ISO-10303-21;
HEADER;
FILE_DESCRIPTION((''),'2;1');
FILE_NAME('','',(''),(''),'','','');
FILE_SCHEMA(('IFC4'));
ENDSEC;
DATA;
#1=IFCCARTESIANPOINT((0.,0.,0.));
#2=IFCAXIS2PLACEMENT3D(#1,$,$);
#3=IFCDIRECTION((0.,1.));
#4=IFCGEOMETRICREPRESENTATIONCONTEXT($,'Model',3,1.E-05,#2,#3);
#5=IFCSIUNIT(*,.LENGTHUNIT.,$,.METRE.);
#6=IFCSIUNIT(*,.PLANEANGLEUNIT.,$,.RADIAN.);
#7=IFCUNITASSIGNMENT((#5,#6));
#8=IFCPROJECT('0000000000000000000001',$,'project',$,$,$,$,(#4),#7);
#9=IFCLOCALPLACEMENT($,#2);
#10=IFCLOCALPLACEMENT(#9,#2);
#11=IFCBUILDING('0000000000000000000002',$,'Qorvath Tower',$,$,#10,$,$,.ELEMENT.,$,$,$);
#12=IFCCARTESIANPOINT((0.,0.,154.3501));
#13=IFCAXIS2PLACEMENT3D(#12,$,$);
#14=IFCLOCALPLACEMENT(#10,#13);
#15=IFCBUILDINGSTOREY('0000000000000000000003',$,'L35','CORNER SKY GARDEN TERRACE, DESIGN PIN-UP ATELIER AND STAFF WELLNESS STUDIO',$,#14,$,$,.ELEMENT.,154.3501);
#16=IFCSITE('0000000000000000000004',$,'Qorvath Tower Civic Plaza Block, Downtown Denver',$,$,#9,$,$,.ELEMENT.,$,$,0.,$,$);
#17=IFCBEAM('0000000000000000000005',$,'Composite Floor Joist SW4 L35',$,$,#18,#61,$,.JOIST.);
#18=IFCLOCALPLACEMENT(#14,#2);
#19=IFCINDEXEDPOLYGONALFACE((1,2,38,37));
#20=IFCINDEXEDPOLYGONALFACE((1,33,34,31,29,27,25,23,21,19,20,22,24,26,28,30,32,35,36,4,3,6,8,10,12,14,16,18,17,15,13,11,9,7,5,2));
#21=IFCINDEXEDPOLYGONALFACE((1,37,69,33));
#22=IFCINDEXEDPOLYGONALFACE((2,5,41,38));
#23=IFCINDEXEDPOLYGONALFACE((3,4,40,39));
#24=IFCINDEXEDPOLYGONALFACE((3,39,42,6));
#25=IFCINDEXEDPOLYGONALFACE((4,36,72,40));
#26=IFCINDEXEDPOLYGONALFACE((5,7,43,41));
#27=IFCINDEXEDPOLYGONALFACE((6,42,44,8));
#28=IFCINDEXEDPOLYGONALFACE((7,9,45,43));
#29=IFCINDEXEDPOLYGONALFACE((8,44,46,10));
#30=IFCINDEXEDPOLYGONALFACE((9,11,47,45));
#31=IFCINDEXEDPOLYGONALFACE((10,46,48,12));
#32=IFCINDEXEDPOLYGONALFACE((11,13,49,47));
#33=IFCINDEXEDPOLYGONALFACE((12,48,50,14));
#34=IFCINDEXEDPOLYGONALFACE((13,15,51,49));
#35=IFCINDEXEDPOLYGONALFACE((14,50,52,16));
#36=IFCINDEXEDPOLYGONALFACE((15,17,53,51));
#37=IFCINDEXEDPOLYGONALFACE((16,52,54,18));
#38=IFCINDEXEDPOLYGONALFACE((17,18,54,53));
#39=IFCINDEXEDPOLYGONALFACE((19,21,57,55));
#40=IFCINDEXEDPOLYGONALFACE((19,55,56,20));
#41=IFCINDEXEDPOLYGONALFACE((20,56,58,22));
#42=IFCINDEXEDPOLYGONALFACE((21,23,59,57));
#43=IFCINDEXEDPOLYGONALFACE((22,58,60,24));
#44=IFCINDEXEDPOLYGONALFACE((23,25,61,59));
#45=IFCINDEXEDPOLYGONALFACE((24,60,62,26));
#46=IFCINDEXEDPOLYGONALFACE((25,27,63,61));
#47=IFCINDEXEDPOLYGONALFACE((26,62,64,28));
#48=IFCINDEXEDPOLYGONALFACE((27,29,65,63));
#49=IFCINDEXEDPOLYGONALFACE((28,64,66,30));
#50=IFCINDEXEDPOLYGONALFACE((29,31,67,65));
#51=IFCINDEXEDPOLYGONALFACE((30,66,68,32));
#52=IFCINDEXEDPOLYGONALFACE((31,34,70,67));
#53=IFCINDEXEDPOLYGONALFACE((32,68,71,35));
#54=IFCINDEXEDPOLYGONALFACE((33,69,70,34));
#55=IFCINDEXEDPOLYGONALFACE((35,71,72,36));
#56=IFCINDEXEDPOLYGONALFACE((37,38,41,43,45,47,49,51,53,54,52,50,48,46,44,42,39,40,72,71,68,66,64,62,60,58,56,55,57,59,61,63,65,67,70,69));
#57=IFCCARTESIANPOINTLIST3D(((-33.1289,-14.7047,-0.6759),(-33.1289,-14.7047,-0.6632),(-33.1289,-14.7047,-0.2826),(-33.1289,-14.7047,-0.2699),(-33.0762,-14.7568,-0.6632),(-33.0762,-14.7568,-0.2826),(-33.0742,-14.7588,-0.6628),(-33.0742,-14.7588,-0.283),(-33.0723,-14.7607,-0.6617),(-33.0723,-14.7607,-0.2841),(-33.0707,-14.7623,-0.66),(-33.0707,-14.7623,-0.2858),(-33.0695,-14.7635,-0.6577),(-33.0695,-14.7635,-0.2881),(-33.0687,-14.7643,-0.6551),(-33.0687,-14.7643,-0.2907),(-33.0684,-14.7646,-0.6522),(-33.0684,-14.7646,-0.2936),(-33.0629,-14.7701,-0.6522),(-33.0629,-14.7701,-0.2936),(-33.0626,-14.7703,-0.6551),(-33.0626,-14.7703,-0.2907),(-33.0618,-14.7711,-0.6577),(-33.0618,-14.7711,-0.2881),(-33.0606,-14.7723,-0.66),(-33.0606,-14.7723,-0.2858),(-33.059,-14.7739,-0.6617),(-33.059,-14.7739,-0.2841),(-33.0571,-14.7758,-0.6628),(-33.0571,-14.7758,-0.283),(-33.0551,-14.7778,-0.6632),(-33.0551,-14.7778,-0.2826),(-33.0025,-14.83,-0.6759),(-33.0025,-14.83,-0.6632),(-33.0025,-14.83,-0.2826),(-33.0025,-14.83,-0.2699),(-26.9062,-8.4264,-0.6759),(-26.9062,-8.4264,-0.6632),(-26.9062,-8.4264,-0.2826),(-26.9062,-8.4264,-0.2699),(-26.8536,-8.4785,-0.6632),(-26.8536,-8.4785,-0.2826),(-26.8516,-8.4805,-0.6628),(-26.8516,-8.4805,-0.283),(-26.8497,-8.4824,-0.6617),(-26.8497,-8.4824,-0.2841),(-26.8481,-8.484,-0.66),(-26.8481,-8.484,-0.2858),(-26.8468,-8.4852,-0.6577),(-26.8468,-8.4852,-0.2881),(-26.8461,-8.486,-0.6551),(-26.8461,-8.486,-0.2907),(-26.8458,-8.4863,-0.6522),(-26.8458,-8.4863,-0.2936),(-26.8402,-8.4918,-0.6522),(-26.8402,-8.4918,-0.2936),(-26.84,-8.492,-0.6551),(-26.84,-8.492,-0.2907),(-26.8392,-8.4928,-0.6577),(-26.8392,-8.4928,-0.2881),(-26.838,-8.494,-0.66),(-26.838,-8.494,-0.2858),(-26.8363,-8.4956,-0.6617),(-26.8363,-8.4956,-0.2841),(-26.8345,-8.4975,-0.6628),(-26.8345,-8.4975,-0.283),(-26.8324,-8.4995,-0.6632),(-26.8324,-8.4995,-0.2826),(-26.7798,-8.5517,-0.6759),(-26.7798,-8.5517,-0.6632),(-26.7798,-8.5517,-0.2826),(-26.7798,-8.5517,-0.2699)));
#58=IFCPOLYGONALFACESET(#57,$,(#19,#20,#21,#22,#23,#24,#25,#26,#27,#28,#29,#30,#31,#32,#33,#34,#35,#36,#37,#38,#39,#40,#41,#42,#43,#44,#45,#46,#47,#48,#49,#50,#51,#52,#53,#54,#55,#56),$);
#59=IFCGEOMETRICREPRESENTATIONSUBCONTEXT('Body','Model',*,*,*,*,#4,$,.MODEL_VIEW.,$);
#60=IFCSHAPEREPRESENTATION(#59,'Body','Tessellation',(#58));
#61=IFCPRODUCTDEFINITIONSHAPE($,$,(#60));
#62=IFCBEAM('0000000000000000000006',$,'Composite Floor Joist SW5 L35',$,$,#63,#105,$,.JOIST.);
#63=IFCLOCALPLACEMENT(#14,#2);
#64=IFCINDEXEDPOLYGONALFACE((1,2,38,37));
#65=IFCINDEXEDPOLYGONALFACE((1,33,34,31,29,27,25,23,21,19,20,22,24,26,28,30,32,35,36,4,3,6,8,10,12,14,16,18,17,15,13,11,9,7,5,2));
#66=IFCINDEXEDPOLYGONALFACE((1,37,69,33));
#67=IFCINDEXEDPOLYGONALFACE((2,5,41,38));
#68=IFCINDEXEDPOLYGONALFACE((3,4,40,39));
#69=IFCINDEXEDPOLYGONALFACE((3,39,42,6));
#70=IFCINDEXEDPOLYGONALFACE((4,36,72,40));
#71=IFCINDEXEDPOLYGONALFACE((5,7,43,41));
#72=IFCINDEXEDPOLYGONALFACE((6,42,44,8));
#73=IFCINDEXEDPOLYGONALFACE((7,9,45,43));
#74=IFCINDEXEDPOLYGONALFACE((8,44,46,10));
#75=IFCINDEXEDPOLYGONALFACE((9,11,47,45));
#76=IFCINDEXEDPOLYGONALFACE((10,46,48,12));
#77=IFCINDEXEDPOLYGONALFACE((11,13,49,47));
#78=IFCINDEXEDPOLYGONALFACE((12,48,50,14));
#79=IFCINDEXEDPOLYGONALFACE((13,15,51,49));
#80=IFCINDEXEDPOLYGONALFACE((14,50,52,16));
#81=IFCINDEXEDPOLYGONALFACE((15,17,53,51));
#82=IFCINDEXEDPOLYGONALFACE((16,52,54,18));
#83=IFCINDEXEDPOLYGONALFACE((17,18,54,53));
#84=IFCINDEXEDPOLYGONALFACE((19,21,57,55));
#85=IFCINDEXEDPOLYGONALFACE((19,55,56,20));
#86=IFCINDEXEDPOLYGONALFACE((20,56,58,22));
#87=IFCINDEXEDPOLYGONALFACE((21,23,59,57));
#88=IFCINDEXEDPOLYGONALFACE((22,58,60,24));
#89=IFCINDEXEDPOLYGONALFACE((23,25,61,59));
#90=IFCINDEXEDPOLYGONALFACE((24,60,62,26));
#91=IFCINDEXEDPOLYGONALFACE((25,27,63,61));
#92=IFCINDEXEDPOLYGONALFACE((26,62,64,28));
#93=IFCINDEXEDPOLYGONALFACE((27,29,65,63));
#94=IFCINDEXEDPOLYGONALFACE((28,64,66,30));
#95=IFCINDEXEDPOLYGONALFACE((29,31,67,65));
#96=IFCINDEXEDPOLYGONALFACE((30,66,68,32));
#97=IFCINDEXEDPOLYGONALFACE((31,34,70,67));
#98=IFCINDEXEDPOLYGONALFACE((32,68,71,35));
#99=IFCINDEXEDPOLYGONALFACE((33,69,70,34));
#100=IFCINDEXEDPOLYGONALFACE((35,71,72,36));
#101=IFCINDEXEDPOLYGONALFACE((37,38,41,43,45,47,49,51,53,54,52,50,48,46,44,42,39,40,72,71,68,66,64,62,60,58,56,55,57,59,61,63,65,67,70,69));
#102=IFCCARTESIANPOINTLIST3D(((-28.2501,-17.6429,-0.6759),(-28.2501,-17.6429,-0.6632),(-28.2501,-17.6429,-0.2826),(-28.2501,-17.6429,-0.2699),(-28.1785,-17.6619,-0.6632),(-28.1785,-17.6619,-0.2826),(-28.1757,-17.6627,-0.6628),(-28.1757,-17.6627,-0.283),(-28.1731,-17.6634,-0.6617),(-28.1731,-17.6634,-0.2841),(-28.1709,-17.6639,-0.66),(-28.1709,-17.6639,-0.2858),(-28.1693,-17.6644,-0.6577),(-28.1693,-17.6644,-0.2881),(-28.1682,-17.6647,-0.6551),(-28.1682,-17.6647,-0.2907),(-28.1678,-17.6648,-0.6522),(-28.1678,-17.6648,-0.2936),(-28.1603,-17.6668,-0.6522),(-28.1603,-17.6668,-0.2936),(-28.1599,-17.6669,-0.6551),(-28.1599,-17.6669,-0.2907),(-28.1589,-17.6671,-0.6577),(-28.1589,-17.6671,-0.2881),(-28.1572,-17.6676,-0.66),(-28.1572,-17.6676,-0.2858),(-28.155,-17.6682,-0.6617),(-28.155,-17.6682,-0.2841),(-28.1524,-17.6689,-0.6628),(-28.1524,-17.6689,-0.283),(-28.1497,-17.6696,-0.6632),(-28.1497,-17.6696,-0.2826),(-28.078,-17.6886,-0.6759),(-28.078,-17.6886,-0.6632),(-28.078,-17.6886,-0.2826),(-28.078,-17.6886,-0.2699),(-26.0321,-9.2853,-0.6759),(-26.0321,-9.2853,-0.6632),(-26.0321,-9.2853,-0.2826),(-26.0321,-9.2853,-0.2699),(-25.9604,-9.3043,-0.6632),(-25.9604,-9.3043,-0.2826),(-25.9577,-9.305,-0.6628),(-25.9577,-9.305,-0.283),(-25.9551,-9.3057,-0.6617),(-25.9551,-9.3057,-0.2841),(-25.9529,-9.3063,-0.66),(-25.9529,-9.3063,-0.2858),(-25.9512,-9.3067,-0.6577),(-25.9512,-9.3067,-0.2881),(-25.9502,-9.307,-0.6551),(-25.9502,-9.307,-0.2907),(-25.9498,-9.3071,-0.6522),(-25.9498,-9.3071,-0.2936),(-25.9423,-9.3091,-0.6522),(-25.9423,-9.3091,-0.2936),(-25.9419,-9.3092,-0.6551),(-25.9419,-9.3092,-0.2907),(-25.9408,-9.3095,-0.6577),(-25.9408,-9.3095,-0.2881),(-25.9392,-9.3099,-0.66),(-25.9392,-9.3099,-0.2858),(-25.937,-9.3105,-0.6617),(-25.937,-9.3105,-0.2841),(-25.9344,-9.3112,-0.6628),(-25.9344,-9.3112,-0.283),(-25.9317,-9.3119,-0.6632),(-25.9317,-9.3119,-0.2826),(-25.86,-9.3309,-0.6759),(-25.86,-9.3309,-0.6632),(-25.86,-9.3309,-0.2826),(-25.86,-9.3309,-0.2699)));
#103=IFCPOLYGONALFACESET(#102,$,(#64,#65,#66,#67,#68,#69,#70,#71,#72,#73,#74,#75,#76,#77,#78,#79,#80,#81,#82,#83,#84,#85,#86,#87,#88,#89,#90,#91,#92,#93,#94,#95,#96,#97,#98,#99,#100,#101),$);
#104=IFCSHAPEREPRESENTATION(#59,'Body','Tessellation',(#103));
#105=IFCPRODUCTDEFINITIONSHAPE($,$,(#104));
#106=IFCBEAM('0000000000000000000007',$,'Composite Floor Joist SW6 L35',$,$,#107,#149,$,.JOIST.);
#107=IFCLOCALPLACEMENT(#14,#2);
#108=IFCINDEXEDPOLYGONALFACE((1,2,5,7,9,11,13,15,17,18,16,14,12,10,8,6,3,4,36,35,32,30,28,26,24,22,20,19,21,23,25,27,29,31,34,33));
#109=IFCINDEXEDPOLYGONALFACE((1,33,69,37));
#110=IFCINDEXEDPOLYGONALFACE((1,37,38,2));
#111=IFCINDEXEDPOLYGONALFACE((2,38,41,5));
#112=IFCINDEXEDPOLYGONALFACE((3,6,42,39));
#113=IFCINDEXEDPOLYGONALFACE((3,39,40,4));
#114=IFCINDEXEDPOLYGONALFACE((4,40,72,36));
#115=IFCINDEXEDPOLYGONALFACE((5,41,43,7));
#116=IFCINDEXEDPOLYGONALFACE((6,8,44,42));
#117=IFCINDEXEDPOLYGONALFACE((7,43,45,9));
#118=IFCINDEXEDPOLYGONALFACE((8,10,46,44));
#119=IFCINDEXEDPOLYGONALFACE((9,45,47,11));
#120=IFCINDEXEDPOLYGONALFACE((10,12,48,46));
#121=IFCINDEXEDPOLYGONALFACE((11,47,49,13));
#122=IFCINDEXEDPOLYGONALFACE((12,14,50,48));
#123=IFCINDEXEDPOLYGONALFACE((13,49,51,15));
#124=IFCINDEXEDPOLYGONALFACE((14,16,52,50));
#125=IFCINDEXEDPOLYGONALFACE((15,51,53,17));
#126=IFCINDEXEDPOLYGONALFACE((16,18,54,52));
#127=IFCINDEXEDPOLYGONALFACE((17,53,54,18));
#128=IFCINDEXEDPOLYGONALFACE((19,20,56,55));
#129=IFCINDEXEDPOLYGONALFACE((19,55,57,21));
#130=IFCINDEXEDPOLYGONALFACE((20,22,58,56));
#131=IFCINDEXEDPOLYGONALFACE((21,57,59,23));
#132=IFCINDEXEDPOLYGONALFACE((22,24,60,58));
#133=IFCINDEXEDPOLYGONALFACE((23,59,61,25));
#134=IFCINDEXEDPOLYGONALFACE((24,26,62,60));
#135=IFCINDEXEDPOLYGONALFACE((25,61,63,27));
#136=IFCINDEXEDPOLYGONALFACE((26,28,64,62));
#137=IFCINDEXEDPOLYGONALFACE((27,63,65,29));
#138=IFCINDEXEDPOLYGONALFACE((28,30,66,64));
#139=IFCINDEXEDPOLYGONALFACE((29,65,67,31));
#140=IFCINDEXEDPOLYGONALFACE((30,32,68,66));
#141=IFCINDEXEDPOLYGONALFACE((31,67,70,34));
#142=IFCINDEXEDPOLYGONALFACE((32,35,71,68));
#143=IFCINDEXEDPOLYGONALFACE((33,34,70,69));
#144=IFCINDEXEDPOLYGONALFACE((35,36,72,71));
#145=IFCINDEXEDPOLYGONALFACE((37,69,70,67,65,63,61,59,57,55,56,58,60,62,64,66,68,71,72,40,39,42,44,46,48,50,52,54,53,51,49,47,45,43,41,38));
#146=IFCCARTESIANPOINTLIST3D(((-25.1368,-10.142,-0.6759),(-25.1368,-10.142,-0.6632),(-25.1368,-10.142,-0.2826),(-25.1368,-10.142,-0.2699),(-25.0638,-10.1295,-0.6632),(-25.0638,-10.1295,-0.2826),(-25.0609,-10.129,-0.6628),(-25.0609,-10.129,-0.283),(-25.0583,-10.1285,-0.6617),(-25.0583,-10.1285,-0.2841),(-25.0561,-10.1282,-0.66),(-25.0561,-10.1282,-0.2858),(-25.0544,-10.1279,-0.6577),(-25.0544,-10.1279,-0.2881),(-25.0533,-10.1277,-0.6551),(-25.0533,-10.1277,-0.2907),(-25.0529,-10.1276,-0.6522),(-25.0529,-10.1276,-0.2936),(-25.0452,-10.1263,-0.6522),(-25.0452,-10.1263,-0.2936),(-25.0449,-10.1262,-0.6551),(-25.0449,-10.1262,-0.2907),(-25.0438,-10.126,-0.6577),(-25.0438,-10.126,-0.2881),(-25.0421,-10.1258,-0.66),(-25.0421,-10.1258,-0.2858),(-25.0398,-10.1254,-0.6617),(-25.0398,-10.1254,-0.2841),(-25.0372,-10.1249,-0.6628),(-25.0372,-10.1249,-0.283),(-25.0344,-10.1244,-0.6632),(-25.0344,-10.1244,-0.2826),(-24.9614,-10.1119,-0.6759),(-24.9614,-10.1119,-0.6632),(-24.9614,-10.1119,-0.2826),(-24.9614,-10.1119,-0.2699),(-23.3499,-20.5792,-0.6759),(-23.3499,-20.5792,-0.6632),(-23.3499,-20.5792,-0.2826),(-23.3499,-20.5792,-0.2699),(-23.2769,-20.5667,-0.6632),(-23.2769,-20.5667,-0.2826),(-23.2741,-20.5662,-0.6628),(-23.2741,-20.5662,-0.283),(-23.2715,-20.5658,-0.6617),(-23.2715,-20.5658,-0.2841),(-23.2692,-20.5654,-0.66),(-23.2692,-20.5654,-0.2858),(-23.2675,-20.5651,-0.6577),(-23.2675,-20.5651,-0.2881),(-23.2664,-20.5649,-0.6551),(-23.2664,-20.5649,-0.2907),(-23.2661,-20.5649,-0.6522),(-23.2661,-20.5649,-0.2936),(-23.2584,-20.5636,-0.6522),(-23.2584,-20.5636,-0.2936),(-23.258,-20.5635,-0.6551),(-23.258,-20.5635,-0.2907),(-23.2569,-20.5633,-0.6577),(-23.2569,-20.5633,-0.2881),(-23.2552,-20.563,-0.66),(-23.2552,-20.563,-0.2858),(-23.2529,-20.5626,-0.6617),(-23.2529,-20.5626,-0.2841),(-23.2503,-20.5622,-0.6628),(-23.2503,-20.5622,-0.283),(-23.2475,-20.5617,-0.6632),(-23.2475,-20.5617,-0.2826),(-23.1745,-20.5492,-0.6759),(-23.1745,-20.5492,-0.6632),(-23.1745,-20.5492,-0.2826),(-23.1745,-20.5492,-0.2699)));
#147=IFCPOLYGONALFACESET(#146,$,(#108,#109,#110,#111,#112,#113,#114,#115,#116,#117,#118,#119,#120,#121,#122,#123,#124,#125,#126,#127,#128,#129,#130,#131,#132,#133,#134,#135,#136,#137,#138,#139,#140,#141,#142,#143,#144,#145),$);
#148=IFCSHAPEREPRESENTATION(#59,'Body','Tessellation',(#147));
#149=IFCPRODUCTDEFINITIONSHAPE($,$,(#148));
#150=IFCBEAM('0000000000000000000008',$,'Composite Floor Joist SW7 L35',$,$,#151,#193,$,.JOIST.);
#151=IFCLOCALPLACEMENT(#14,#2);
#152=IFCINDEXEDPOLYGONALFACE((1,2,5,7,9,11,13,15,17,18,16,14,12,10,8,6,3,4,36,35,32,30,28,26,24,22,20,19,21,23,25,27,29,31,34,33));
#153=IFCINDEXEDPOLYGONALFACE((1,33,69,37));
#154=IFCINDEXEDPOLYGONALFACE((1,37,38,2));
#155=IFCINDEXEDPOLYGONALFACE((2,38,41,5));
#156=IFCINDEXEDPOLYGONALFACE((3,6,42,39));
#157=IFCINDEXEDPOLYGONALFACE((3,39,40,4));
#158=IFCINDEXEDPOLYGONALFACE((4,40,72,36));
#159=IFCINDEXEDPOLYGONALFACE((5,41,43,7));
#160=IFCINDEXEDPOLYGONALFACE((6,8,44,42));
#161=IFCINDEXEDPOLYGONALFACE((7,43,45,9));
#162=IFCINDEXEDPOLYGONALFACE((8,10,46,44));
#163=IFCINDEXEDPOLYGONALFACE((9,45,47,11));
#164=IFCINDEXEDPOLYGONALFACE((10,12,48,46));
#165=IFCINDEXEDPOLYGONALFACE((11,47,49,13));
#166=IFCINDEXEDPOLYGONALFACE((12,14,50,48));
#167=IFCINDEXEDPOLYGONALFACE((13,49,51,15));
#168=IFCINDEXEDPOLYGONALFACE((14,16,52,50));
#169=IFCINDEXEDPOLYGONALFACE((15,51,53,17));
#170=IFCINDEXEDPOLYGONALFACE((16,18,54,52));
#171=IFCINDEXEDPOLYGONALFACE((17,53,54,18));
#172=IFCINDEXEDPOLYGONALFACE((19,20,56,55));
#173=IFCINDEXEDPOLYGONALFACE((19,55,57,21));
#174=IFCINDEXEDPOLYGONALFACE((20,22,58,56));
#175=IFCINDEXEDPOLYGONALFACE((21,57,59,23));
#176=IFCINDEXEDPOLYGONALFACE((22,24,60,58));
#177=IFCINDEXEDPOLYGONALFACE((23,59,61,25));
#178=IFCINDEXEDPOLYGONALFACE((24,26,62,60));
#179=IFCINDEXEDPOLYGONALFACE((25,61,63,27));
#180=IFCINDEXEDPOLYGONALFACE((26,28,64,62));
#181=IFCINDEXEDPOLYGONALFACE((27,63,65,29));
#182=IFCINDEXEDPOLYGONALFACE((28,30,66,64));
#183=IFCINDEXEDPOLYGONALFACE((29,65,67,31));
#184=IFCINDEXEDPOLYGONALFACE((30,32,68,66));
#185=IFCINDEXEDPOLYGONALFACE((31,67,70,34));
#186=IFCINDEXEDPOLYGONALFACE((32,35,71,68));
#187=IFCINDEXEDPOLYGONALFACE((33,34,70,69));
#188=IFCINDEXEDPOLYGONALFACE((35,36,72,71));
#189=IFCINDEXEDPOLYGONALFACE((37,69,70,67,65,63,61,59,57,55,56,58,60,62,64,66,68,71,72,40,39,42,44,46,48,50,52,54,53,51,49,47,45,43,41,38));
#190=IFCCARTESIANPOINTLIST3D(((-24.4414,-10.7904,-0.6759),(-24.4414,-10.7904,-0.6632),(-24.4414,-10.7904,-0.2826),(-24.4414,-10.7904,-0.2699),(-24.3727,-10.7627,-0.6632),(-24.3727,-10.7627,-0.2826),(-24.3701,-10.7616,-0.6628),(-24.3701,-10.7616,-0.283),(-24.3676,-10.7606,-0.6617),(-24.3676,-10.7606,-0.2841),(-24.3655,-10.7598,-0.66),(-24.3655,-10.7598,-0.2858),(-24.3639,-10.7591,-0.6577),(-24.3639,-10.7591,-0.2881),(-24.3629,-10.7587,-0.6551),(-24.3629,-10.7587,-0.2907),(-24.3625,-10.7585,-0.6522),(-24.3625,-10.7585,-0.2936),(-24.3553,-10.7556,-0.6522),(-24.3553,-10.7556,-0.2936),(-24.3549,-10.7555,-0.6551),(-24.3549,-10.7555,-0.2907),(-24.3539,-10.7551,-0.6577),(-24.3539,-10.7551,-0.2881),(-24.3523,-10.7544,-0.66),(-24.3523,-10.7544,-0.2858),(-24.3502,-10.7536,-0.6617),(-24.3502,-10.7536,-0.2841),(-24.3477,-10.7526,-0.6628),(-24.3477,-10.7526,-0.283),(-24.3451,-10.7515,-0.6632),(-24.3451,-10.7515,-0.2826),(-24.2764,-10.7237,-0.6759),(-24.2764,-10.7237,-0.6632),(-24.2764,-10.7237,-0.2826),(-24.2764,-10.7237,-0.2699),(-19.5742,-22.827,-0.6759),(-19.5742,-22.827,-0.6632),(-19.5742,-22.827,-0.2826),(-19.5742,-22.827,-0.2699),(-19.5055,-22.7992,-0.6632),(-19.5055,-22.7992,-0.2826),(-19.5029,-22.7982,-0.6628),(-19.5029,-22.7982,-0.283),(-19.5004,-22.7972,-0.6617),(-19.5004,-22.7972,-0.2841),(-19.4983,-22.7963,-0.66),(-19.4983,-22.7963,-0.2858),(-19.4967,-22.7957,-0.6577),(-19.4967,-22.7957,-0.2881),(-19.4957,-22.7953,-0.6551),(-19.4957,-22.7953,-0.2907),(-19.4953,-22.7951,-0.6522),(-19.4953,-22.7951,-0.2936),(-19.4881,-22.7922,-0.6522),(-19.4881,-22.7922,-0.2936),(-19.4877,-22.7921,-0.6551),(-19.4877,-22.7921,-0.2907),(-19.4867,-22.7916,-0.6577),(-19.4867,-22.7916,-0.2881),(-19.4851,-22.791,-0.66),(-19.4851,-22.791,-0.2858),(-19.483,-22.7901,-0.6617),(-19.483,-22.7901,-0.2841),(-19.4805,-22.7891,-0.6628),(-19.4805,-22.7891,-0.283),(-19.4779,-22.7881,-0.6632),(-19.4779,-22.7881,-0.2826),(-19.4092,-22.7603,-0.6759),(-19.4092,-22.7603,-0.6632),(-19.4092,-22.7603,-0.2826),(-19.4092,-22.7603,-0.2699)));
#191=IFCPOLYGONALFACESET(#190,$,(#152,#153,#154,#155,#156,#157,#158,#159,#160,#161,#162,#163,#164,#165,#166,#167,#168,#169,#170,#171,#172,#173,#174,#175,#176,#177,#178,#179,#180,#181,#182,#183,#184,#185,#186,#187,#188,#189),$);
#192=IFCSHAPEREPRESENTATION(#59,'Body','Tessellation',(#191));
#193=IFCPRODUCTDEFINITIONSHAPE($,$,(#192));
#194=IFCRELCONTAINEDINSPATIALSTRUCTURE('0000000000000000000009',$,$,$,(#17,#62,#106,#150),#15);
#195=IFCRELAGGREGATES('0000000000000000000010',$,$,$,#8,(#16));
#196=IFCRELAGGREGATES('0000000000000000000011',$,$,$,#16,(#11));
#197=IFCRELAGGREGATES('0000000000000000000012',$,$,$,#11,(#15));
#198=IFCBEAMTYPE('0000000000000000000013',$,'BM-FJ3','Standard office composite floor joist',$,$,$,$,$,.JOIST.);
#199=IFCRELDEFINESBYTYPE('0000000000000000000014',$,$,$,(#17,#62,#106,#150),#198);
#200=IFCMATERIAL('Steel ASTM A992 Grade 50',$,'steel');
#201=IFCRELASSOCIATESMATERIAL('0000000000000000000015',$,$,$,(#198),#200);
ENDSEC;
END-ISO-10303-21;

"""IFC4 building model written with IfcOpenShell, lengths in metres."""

from ifc_helpers import new_model, si_unit, direction, frame, origin, origin_2d, place, context, subcontext, project, spatial, i_section, extrude, material, material_profile, profile_set, type_object, element, save


model = new_model("IFC4")

# Units and contexts
model_context = context("Model", 3, precision=1e-05, world=origin(), true_north=direction((0.0, 1.0)))
body_context = subcontext(model_context, "Body", "Model", "MODEL_VIEW")
ifc_project = project(units=[si_unit("LENGTHUNIT", "METRE"), si_unit("PLANEANGLEUNIT", "RADIAN")], contexts=[model_context])

# Site, building, storey
site_placement = place(None, origin())
site = spatial("IfcSite", under=ifc_project, at=site_placement, Name="Qorvath Tower Civic Plaza Block, Downtown Denver", CompositionType="ELEMENT", RefElevation=0.0)
building_placement = place(site_placement, origin())
building = spatial("IfcBuilding", under=site, at=building_placement, Name="Qorvath Tower", CompositionType="ELEMENT")
storey_placement = place(building_placement, frame((0.0, 0.0, 154.3501)))
storey = spatial("IfcBuildingStorey", under=building, at=storey_placement, Name="L35", Description="CORNER SKY GARDEN TERRACE, DESIGN PIN-UP ATELIER AND STAFF WELLNESS STUDIO", CompositionType="ELEMENT", Elevation=154.3501)

# Beams
ifc_material_1 = material(Name="Steel ASTM A992 Grade 50", Category="steel")
ifc_material_profile_1 = material_profile(ifc_material_1, i_section(OverallWidth=0.178, OverallDepth=0.406, WebThickness=0.0078, FlangeThickness=0.0127, FilletRadius=0.011, at=origin_2d()), Name="W16x40")
ifc_profile_set_1 = profile_set([ifc_material_profile_1], Name="Steel ASTM A992 Grade 50")
beam_type_1 = type_object("IfcBeamType", Name="BM-FJ3", Description="Standard office composite floor joist", PredefinedType="JOIST", material=ifc_profile_set_1)
beam_1_placement = place(storey_placement, frame((-26.843, -8.489, -0.4729), z_axis=(-0.703951, -0.710248, 0.0), x_axis=(0.710248, -0.703951, 0.0)))
element("IfcBeam", 1, at=beam_1_placement, inside=storey, type_object=beam_type_1, Name="Composite Floor Joist SW4 L35", PredefinedType="JOIST", context=body_context, shape_type="SweptSolid", body=[
    extrude(i_section(OverallWidth=0.178, OverallDepth=0.406, WebThickness=0.0078, FlangeThickness=0.0127, FilletRadius=0.011, at=origin_2d()), origin(), (0.0, 0.0, 1.0), 8.8396),
])
beam_2_placement = place(storey_placement, frame((-25.946, -9.3081, -0.4729), z_axis=(-0.256508, -0.966542, 0.0), x_axis=(0.966542, -0.256508, 0.0)))
element("IfcBeam", 2, at=beam_2_placement, inside=storey, type_object=beam_type_1, Name="Composite Floor Joist SW5 L35", PredefinedType="JOIST", context=body_context, shape_type="SweptSolid", body=[
    extrude(i_section(OverallWidth=0.178, OverallDepth=0.406, WebThickness=0.0078, FlangeThickness=0.0127, FilletRadius=0.011, at=origin_2d()), origin(), (0.0, 0.0, 1.0), 8.647),
])
beam_3_placement = place(storey_placement, frame((-25.0491, -10.127, -0.4729), z_axis=(0.168746, -0.98566, 0.0), x_axis=(0.98566, 0.168746, 0.0)))
element("IfcBeam", 3, at=beam_3_placement, inside=storey, type_object=beam_type_1, Name="Composite Floor Joist SW6 L35", PredefinedType="JOIST", context=body_context, shape_type="SweptSolid", body=[
    extrude(i_section(OverallWidth=0.178, OverallDepth=0.406, WebThickness=0.0078, FlangeThickness=0.0127, FilletRadius=0.011, at=origin_2d()), origin(), (0.0, 0.0, 1.0), 10.5891),
])
beam_4_placement = place(storey_placement, frame((-24.3589, -10.7571, -0.4729), z_axis=(0.374877, -0.927075, 0.0), x_axis=(0.927075, 0.374877, 0.0)))
element("IfcBeam", 4, at=beam_4_placement, inside=storey, type_object=beam_type_1, Name="Composite Floor Joist SW7 L35", PredefinedType="JOIST", context=body_context, shape_type="SweptSolid", body=[
    extrude(i_section(OverallWidth=0.178, OverallDepth=0.406, WebThickness=0.0078, FlangeThickness=0.0127, FilletRadius=0.011, at=origin_2d()), origin(), (0.0, 0.0, 1.0), 12.9834),
])

save(model, "model.ifc")
